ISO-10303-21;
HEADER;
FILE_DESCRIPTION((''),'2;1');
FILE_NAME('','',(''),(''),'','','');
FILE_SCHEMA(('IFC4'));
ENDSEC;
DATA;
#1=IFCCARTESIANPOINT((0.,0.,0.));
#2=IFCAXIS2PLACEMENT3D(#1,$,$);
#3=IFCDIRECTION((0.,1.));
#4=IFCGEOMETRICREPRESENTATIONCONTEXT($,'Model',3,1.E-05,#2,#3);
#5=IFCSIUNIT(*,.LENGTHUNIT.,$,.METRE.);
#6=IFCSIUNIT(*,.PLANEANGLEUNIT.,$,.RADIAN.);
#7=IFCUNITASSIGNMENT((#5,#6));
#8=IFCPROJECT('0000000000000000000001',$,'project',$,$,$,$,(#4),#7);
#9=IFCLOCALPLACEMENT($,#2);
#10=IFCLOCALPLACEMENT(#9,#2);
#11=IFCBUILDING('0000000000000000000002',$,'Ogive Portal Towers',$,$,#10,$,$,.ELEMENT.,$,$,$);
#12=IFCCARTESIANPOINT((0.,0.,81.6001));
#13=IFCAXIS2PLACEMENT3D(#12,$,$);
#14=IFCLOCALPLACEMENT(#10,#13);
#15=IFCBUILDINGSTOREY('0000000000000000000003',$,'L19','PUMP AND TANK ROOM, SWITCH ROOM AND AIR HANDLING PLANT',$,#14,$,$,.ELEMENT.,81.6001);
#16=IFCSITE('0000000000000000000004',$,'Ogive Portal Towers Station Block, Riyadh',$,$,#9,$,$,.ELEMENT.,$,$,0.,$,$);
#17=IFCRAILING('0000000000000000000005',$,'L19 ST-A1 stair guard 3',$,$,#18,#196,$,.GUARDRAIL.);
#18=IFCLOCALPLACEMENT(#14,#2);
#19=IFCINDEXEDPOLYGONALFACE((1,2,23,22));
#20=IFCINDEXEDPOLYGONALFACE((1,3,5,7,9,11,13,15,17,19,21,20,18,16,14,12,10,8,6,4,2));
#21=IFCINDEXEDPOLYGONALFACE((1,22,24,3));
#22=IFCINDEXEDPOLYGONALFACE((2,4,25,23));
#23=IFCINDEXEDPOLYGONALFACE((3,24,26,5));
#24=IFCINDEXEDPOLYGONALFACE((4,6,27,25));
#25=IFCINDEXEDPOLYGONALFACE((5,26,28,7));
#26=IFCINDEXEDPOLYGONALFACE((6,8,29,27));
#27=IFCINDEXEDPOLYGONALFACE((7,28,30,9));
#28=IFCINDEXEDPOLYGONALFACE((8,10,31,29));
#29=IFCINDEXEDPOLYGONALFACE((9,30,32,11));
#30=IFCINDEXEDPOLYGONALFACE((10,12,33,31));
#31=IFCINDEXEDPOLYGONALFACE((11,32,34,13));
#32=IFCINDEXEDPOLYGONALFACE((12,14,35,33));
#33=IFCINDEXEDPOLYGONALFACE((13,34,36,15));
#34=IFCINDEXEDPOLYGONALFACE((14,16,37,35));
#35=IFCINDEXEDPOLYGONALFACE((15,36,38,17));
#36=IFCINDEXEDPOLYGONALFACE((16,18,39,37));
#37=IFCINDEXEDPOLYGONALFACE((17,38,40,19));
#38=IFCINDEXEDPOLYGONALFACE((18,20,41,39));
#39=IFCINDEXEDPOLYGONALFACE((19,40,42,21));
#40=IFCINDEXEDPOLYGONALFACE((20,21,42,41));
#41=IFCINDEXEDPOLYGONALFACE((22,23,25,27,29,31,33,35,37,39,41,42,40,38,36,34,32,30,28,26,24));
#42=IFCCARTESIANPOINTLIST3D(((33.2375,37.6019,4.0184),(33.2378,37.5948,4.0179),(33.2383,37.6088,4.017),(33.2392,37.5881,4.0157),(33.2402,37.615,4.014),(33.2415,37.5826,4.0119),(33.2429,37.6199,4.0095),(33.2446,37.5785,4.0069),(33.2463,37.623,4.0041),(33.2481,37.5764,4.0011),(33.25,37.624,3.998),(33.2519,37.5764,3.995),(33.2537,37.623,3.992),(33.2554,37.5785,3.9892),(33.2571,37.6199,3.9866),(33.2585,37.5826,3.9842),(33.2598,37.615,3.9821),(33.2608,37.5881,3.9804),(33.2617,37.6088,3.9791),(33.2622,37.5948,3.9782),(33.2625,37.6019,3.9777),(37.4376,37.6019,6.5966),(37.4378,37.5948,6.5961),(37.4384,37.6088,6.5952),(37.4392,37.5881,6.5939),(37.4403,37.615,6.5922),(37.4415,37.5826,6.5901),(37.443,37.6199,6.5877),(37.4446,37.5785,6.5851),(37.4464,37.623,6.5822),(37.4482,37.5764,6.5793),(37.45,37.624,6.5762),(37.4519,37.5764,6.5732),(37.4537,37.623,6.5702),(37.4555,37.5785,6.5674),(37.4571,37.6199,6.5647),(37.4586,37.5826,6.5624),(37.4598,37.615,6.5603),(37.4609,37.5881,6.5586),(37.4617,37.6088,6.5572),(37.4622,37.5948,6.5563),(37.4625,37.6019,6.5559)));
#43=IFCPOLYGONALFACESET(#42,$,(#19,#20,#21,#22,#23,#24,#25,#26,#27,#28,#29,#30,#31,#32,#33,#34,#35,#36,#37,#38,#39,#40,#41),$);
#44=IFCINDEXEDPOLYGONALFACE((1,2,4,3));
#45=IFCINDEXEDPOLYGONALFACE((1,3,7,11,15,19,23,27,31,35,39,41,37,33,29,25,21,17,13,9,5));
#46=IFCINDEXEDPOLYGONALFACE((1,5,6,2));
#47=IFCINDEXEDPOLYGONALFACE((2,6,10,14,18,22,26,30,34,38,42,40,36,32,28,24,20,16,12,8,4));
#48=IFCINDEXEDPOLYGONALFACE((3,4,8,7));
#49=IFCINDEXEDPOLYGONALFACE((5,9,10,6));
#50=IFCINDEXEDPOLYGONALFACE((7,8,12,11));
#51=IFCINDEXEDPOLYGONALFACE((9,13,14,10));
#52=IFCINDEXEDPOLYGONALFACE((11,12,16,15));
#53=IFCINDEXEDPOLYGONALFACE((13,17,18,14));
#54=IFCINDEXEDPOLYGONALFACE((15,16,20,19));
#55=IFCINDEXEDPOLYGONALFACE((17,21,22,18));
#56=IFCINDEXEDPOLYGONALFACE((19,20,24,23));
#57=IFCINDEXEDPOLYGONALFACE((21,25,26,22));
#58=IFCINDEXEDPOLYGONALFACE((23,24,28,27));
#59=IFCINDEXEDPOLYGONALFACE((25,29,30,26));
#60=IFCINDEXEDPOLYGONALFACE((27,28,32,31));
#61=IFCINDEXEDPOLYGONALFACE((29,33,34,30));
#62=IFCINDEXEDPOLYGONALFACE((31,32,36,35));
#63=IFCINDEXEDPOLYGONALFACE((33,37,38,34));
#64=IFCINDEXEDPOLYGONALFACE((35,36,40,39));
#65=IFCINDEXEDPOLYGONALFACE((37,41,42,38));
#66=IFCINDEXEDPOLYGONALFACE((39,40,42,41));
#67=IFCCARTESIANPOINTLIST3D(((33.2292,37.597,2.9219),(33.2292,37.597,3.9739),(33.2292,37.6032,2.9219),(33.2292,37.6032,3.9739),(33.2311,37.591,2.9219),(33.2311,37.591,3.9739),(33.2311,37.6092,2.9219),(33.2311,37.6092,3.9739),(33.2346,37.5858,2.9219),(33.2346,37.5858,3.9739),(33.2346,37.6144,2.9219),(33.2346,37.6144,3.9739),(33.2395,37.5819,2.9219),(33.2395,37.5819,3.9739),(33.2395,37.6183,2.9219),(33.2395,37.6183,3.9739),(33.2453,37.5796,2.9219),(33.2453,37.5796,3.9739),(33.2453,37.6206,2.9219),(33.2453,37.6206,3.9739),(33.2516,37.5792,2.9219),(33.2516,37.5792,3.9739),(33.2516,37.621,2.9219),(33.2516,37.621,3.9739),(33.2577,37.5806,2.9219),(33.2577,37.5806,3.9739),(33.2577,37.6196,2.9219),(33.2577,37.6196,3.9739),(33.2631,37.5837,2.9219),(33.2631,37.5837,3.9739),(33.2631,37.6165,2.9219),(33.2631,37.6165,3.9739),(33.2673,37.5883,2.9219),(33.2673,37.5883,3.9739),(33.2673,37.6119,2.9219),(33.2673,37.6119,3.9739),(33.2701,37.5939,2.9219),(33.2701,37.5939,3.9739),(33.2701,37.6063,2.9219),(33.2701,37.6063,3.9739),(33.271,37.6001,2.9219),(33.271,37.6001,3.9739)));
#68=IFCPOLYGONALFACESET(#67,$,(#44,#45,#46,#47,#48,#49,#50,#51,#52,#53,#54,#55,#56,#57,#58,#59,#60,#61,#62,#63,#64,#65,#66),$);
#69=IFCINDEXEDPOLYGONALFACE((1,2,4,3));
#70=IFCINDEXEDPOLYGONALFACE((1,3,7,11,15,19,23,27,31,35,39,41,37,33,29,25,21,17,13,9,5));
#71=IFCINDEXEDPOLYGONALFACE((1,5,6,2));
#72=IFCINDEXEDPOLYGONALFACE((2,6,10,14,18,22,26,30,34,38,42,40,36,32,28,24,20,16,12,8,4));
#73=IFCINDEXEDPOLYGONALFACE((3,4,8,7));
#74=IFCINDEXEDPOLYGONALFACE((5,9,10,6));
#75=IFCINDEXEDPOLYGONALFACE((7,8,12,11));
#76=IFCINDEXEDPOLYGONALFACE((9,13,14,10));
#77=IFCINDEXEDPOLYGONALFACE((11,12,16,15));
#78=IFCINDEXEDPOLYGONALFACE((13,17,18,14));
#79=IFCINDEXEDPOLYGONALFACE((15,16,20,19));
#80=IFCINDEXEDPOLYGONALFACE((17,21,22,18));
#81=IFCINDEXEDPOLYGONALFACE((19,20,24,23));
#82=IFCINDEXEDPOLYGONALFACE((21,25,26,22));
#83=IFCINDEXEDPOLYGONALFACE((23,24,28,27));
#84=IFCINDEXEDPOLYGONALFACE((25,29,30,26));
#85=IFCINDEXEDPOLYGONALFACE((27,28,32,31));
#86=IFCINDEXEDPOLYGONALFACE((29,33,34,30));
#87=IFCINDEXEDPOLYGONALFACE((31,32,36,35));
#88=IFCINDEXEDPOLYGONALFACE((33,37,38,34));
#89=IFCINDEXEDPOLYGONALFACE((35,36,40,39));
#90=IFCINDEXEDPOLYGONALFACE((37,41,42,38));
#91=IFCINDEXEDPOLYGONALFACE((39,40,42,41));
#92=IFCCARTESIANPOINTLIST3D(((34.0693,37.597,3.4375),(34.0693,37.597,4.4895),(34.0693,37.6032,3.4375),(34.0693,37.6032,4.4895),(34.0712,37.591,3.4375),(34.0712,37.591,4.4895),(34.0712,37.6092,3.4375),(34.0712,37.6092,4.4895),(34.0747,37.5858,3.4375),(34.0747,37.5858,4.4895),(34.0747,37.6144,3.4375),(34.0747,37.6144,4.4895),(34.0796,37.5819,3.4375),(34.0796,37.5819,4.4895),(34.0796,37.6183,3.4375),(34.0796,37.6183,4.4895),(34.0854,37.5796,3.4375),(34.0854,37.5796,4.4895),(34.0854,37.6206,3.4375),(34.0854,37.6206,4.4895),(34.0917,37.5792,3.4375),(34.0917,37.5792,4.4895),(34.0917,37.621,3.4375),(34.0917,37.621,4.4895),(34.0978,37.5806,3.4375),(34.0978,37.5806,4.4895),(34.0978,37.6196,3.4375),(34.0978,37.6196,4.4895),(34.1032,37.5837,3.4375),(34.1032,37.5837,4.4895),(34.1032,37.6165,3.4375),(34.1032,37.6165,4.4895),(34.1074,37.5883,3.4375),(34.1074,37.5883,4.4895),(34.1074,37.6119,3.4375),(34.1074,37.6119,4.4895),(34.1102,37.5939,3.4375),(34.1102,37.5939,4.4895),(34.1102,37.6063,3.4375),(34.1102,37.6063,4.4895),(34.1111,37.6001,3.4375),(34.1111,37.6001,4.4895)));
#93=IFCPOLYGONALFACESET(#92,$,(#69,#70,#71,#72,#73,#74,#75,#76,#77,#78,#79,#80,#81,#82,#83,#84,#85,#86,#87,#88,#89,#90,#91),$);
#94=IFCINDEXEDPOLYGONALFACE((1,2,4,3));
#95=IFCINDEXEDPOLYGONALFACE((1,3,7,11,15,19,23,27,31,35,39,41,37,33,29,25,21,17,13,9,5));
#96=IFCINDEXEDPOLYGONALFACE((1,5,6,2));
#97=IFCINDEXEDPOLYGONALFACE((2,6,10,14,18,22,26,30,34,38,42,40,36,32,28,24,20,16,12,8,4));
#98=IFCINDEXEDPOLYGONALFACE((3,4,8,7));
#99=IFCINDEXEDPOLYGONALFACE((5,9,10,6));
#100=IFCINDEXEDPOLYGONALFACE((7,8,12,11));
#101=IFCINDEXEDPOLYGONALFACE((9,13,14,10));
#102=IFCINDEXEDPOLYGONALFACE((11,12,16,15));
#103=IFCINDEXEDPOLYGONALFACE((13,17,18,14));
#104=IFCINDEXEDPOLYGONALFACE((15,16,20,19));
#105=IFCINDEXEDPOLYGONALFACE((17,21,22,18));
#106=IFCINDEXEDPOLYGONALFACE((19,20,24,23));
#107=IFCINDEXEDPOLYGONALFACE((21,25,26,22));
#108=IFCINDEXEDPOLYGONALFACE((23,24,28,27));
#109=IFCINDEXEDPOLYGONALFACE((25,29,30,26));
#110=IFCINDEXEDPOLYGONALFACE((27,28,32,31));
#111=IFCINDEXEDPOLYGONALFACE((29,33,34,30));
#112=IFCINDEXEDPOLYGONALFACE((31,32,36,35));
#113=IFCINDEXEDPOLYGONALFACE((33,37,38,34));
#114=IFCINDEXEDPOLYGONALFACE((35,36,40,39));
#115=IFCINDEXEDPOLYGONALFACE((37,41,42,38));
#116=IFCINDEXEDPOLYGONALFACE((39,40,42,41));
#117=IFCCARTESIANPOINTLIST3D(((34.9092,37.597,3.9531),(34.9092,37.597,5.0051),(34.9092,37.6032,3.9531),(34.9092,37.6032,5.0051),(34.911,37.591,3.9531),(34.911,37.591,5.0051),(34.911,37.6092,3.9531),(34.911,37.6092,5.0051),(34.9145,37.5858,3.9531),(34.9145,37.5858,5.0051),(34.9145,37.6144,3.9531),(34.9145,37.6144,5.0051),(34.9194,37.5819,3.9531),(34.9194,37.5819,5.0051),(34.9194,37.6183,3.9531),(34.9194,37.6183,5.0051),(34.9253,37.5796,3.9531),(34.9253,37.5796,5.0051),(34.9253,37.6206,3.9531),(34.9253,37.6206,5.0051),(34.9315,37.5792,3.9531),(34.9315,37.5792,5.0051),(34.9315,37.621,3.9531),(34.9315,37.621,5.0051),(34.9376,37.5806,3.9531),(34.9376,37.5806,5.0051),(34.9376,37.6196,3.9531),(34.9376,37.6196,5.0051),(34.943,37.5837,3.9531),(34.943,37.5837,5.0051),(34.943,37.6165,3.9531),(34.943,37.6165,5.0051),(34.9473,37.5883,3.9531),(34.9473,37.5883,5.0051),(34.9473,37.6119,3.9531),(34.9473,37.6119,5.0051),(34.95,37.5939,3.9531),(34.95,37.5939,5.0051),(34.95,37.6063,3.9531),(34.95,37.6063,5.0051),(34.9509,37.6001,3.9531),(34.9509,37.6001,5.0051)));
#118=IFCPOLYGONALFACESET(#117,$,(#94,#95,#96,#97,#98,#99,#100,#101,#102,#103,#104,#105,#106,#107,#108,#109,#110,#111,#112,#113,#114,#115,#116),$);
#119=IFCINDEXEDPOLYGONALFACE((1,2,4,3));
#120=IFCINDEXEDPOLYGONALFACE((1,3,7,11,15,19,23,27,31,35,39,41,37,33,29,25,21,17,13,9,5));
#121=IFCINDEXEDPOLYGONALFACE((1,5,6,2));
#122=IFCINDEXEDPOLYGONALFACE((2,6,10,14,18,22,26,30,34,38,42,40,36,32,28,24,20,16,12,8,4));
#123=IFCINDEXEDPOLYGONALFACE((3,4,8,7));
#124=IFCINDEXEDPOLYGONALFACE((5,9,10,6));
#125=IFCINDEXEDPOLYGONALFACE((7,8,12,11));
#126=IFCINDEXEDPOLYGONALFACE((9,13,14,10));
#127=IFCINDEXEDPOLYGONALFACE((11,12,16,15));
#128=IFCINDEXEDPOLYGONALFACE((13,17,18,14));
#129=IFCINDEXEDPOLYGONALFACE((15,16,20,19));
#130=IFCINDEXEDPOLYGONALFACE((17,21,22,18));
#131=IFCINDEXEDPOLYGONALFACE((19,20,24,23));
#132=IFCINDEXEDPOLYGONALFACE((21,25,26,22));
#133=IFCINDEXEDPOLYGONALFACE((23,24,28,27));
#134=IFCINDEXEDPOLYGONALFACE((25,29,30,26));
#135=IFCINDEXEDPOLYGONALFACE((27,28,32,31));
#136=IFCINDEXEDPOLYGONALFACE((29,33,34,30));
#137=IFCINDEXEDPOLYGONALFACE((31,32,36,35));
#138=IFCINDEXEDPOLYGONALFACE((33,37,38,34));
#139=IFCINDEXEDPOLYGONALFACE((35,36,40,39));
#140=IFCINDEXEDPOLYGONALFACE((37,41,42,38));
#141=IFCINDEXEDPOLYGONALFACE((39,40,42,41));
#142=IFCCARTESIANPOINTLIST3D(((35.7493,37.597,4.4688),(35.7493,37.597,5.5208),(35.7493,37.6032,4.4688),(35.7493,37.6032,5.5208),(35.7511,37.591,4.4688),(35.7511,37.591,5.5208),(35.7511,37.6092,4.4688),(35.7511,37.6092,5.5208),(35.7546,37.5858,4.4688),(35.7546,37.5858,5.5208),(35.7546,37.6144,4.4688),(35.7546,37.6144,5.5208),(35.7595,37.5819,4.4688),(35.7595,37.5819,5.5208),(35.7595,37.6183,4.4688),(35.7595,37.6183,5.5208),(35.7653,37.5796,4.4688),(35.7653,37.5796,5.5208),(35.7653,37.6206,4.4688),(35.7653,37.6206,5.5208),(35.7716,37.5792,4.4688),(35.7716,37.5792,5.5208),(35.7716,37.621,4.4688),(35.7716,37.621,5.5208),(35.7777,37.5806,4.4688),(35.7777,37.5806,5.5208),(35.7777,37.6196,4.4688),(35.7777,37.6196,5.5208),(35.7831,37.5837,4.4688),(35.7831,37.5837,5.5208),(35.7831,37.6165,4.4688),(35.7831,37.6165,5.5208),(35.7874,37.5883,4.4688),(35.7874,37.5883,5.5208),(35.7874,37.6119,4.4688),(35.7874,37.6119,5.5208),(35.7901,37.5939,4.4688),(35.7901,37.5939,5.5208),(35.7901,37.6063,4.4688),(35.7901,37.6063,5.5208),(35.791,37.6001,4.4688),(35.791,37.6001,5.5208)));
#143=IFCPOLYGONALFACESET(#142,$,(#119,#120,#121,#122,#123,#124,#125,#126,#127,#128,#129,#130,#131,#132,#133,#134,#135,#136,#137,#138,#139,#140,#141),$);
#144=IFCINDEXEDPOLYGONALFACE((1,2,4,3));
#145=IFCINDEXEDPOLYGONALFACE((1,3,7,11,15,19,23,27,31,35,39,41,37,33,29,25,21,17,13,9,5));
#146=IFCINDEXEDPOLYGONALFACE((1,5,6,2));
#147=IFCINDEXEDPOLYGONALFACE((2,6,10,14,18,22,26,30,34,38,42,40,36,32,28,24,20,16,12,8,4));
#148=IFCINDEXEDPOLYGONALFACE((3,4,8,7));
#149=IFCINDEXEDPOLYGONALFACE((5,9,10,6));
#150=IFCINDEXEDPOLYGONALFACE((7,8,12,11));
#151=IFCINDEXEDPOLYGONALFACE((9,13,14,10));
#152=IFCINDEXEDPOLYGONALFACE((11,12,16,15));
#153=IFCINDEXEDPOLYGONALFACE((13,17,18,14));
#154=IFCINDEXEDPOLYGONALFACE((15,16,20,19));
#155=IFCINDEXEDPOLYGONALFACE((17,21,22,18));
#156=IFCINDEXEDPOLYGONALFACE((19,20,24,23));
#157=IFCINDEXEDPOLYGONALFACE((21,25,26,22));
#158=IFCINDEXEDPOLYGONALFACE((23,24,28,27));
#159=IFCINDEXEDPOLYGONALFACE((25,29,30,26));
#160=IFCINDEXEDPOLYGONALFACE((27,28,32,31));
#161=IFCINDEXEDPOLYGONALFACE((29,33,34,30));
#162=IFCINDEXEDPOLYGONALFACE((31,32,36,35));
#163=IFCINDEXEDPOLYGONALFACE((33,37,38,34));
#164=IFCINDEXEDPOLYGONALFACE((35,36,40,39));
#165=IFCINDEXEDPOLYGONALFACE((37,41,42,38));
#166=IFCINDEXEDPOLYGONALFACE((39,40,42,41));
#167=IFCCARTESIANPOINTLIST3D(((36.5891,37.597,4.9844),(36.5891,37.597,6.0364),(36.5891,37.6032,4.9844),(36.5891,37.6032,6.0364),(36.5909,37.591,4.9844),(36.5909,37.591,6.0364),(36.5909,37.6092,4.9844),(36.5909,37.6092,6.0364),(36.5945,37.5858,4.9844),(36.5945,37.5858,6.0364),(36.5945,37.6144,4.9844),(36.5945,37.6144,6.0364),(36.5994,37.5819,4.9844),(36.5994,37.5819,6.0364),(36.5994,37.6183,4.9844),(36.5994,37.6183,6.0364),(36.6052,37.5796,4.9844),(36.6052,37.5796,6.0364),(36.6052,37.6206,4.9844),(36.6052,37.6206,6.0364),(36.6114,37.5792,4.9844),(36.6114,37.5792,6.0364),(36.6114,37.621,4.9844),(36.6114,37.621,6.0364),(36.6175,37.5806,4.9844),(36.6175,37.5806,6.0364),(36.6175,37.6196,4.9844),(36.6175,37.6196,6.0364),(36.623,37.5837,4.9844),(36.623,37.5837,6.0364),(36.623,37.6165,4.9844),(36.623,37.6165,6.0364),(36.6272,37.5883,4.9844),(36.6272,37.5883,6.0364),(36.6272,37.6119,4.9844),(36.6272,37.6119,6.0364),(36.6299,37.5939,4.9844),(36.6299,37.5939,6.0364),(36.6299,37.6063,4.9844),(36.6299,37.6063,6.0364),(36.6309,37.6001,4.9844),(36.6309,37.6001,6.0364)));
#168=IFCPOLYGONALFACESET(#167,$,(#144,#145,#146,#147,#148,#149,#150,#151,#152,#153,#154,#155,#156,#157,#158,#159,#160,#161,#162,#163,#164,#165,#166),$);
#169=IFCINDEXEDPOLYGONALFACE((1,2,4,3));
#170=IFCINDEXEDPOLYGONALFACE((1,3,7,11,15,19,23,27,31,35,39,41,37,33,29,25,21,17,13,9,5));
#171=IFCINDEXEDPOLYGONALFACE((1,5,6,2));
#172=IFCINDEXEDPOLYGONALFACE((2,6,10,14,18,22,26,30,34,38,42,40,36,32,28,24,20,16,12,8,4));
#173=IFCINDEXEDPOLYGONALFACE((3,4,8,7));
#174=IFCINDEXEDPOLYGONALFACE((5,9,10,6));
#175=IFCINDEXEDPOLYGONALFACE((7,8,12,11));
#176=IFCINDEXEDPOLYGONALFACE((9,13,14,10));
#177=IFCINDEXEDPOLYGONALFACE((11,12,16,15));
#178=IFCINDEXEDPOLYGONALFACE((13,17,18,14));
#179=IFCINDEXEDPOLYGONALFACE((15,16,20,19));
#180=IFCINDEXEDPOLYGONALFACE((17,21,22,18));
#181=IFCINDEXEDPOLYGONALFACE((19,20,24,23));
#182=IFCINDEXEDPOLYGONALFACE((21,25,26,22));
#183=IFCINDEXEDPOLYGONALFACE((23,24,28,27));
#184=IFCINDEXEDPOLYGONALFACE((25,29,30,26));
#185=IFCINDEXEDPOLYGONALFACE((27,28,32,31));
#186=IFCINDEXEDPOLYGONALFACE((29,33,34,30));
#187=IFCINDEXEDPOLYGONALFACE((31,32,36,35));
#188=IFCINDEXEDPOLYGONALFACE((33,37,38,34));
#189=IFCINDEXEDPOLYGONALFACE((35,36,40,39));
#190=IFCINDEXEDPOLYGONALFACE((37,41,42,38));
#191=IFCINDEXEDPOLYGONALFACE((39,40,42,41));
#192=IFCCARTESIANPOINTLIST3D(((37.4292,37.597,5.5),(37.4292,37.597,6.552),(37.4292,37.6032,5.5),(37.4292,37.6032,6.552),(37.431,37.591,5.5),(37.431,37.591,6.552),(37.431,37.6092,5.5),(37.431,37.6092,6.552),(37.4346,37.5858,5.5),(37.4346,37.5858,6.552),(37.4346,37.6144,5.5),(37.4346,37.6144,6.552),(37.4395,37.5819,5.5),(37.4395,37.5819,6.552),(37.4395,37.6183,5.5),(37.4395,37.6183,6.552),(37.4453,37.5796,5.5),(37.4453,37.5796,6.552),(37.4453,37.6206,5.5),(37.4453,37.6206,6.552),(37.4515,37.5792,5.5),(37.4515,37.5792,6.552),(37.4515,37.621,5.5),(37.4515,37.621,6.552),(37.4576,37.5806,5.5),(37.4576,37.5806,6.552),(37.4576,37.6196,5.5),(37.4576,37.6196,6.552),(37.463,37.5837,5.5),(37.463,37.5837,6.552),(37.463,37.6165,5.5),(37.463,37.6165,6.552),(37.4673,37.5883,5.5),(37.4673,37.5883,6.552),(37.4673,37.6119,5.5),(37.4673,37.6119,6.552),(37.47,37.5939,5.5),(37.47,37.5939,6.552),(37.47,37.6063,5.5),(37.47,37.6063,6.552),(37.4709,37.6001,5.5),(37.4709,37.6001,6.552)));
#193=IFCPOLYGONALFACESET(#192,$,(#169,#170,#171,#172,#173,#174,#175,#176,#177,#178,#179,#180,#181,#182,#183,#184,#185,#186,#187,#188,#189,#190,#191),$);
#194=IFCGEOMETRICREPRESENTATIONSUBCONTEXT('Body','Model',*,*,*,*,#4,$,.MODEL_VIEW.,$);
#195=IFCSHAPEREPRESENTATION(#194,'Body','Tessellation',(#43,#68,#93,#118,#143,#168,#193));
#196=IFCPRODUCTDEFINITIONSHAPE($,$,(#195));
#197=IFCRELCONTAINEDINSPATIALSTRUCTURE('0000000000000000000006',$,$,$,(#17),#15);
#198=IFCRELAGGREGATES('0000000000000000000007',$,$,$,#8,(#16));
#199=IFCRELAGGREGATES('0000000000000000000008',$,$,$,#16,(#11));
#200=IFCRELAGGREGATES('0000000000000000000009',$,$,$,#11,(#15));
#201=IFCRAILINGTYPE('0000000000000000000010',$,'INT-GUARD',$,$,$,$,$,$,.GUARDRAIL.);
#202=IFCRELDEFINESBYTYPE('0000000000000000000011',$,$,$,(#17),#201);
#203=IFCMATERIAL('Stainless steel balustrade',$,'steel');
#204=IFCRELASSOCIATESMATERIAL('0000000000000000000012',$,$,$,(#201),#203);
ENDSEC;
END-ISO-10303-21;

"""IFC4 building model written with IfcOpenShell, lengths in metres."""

from ifc_helpers import new_model, si_unit, direction, frame, origin, origin_2d, place, context, subcontext, project, spatial, circle, extrude, material, type_object, element, save


model = new_model("IFC4")

# Units and contexts
model_context = context("Model", 3, precision=1e-05, world=origin(), true_north=direction((0.0, 1.0)))
body_context = subcontext(model_context, "Body", "Model", "MODEL_VIEW")
ifc_project = project(units=[si_unit("LENGTHUNIT", "METRE"), si_unit("PLANEANGLEUNIT", "RADIAN")], contexts=[model_context])

# Site, building, storey
site_placement = place(None, origin())
site = spatial("IfcSite", under=ifc_project, at=site_placement, Name="Ogive Portal Towers Station Block, Riyadh", CompositionType="ELEMENT", RefElevation=0.0)
building_placement = place(site_placement, origin())
building = spatial("IfcBuilding", under=site, at=building_placement, Name="Ogive Portal Towers", CompositionType="ELEMENT")
storey_placement = place(building_placement, frame((0.0, 0.0, 81.6001)))
storey = spatial("IfcBuildingStorey", under=building, at=storey_placement, Name="L19", Description="PUMP AND TANK ROOM, SWITCH ROOM AND AIR HANDLING PLANT", CompositionType="ELEMENT", Elevation=81.6001)

# Railing
ifc_material_1 = material(Name="Stainless steel balustrade", Category="steel")
railing_type_1 = type_object("IfcRailingType", Name="INT-GUARD", PredefinedType="GUARDRAIL", material=ifc_material_1)
railing_1_placement = place(storey_placement, frame((33.25, 37.6001, 2.9219)))
element("IfcRailing", 1, at=railing_1_placement, inside=storey, type_object=railing_type_1, Name="L19 ST-A1 stair guard 3", PredefinedType="GUARDRAIL", context=body_context, shape_type="SweptSolid", body=[
    extrude(circle(Radius=0.0239, at=origin_2d()), frame((0.0, 0.0, 1.0762), z_axis=(0.852243, 0.0, 0.523146), x_axis=(0.0, 1.0, 0.0)), (0.0, 0.0, 1.0), 4.9282),
    extrude(circle(Radius=0.021, at=origin_2d()), origin(), (0.0, 0.0, 1.0), 1.052),
    extrude(circle(Radius=0.021, at=origin_2d()), frame((0.8401, 0.0, 0.5156)), (0.0, 0.0, 1.0), 1.052),
    extrude(circle(Radius=0.021, at=origin_2d()), frame((1.6799, 0.0, 1.0312)), (0.0, 0.0, 1.0), 1.052),
    extrude(circle(Radius=0.021, at=origin_2d()), frame((2.52, 0.0, 1.5469)), (0.0, 0.0, 1.0), 1.052),
    extrude(circle(Radius=0.021, at=origin_2d()), frame((3.3599, 0.0, 2.0625)), (0.0, 0.0, 1.0), 1.052),
    extrude(circle(Radius=0.021, at=origin_2d()), frame((4.2, 0.0, 2.5781)), (0.0, 0.0, 1.0), 1.052),
])

save(model, "model.ifc")
